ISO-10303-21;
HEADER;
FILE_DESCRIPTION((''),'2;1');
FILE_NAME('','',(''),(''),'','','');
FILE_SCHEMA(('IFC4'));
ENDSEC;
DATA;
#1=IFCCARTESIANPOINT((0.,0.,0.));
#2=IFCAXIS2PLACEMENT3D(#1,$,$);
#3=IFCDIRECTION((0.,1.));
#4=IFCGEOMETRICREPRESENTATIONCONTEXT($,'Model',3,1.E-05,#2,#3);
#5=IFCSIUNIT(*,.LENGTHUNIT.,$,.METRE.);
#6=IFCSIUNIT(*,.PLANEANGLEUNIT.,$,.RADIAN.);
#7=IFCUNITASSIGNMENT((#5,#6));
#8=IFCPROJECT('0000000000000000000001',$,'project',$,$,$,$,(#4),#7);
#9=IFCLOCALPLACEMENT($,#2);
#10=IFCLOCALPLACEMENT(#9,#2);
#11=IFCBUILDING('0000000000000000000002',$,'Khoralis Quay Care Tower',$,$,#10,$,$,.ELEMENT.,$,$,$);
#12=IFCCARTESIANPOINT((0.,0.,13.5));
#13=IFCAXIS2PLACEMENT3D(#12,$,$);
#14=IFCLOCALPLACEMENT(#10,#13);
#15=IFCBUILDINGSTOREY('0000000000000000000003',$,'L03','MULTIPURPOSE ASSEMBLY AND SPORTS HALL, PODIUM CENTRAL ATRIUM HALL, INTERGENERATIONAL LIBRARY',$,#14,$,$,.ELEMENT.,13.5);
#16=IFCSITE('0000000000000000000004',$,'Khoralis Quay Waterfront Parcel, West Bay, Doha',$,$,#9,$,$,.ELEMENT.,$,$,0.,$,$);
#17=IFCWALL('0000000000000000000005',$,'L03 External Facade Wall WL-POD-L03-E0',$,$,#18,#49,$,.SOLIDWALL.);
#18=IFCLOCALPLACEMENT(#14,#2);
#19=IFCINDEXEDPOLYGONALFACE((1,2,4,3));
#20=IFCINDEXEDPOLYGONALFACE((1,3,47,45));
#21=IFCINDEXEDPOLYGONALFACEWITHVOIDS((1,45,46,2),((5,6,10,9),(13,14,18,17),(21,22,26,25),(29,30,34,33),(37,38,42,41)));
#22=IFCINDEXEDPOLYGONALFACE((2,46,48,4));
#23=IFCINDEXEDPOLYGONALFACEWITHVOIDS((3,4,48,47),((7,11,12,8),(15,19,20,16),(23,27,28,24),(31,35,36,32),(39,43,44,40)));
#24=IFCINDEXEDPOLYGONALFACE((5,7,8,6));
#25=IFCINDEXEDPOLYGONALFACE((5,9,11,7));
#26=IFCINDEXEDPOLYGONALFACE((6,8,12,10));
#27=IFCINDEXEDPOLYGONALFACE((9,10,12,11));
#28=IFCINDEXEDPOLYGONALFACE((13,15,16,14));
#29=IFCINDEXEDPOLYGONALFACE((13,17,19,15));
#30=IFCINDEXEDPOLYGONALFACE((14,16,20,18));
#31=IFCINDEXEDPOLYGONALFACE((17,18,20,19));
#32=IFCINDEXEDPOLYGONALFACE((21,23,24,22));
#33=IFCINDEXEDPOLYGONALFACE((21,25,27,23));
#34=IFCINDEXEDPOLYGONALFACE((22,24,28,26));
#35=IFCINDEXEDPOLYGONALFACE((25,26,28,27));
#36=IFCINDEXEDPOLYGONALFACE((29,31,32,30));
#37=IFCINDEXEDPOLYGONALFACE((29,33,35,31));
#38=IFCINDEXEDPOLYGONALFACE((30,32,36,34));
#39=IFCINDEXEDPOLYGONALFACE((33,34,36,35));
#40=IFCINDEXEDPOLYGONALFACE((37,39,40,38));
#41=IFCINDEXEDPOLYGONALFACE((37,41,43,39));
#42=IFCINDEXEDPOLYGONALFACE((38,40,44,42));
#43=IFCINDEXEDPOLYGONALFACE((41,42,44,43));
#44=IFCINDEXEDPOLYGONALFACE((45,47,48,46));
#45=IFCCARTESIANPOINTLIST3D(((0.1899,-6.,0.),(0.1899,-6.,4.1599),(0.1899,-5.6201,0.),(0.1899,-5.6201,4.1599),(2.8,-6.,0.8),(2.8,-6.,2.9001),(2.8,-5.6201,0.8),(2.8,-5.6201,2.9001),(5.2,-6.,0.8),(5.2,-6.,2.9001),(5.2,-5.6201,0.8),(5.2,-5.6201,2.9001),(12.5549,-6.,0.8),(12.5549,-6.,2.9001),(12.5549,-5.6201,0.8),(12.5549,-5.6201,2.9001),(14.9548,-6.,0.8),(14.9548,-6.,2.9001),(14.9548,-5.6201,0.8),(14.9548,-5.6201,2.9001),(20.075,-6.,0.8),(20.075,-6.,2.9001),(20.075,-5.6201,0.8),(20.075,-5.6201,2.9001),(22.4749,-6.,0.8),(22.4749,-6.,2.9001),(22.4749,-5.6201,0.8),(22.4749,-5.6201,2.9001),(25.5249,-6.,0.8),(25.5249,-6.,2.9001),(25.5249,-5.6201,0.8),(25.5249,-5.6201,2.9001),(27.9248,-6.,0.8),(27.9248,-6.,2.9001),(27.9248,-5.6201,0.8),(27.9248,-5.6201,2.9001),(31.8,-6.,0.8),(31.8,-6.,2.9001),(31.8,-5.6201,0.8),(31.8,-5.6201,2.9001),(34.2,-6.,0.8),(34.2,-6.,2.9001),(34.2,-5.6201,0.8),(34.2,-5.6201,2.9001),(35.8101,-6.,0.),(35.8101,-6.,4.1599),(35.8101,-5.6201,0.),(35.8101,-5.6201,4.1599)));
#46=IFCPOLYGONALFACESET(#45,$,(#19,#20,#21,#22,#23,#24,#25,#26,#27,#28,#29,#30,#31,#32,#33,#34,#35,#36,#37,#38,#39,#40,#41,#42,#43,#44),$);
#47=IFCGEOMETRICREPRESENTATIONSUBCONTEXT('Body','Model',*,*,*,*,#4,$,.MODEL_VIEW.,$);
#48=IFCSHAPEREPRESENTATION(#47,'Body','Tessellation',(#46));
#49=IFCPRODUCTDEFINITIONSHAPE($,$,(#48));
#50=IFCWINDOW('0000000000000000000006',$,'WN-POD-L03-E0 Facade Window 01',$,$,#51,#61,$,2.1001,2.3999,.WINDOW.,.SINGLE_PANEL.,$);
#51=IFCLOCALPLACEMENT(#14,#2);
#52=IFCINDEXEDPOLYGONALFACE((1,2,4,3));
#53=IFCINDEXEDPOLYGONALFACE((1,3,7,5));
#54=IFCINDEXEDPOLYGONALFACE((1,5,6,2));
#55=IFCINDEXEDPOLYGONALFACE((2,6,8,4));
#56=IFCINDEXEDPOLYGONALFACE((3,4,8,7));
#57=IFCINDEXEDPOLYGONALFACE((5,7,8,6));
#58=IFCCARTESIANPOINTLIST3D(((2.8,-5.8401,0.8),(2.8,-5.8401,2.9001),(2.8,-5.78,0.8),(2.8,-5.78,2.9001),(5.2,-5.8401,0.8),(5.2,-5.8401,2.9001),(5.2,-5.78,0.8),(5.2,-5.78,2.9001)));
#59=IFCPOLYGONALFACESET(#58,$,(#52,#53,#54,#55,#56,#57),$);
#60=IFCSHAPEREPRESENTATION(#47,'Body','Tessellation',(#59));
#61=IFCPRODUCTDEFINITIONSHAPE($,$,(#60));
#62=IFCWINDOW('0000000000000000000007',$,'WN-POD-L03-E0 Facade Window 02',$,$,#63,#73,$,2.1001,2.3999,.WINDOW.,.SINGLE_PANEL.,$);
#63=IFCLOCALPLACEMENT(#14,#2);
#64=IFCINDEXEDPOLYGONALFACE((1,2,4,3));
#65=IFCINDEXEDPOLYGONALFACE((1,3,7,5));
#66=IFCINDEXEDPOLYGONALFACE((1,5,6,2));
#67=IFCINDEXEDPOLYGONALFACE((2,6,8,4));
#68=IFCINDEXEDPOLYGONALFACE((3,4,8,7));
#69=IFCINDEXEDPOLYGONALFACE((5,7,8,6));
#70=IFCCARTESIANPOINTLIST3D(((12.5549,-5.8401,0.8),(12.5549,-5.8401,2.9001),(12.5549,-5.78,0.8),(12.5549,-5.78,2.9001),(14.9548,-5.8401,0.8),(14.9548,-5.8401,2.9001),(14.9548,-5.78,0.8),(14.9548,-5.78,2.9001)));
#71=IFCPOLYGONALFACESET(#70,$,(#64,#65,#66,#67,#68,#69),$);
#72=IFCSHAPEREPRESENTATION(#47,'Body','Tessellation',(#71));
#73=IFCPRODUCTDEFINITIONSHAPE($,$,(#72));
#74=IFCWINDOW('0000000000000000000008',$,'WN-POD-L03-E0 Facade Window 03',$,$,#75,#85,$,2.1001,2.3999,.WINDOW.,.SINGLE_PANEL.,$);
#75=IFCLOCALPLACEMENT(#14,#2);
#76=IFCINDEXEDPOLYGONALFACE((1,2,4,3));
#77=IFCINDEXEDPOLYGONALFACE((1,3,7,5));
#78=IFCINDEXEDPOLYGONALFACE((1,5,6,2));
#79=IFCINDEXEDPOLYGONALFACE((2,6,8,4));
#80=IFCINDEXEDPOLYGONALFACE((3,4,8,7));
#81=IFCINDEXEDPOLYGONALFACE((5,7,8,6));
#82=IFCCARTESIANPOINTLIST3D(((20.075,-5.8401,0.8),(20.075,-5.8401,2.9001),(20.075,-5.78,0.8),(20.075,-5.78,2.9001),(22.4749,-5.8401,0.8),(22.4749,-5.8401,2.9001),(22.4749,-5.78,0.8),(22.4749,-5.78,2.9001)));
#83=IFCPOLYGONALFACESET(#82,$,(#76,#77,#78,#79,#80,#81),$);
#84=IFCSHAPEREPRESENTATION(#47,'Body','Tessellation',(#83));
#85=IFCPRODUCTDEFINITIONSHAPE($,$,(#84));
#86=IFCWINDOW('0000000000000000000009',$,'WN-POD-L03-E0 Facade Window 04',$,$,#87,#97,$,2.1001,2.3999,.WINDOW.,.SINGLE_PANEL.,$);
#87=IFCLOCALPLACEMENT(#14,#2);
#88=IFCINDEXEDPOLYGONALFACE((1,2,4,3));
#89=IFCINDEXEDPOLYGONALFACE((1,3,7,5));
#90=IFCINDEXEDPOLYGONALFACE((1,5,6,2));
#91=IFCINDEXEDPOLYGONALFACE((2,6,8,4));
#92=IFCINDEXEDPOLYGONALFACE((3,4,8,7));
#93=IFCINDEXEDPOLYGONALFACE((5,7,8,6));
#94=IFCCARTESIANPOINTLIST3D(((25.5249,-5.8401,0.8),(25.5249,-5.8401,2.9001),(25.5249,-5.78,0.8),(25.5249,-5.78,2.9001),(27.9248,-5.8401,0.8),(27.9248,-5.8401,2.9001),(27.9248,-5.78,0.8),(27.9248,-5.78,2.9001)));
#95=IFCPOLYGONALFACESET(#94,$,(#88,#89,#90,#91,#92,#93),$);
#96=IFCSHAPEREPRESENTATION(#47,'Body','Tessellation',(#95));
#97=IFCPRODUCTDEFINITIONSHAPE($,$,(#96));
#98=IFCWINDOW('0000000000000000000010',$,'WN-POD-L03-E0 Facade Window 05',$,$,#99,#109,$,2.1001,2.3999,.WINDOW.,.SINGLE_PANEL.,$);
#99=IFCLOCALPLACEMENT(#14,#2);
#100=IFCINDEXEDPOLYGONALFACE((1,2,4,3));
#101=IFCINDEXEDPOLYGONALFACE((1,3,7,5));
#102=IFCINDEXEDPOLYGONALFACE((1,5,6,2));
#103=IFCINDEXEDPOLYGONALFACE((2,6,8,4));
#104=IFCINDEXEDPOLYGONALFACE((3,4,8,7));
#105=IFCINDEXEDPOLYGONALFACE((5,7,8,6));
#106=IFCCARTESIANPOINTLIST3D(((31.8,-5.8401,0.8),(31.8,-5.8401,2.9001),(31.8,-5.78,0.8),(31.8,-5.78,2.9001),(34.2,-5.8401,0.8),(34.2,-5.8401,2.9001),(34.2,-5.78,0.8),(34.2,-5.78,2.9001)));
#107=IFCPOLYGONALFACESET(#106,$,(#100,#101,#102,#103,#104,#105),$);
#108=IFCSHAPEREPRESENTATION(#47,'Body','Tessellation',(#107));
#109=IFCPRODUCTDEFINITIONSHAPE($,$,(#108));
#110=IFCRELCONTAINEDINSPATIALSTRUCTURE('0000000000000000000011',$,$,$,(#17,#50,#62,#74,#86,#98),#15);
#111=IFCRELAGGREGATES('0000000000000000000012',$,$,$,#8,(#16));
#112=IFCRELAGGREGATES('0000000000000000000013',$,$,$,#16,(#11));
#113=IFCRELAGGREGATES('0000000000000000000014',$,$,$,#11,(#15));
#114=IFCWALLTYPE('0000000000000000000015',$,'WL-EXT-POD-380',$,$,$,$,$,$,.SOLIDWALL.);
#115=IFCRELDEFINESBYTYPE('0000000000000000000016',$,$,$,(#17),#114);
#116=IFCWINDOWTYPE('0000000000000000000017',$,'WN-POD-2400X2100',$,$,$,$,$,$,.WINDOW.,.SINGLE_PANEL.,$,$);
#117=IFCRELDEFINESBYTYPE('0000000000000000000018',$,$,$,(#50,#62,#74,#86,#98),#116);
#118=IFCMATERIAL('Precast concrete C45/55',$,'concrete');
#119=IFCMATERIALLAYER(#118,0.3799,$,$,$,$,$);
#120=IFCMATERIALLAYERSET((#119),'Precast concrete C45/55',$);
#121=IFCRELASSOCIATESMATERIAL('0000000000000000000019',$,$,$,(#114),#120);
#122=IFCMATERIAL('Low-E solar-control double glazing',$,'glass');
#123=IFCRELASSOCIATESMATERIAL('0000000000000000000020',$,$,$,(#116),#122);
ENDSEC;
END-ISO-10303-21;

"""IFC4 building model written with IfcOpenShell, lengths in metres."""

from ifc_helpers import new_model, si_unit, direction, frame, frame_2d, origin, place, context, subcontext, project, spatial, rectangle, extrude, source, transform, mapped, material, layer, layer_set, type_object, element, fill, save


model = new_model("IFC4")

# Units and contexts
model_context = context("Model", 3, precision=1e-05, world=origin(), true_north=direction((0.0, 1.0)))
body_context = subcontext(model_context, "Body", "Model", "MODEL_VIEW")
ifc_project = project(units=[si_unit("LENGTHUNIT", "METRE"), si_unit("PLANEANGLEUNIT", "RADIAN")], contexts=[model_context])

# Site, building, storey
site_placement = place(None, origin())
site = spatial("IfcSite", under=ifc_project, at=site_placement, Name="Khoralis Quay Waterfront Parcel, West Bay, Doha", CompositionType="ELEMENT", RefElevation=0.0)
building_placement = place(site_placement, origin())
building = spatial("IfcBuilding", under=site, at=building_placement, Name="Khoralis Quay Care Tower", CompositionType="ELEMENT")
storey_placement = place(building_placement, frame((0.0, 0.0, 13.5)))
storey = spatial("IfcBuildingStorey", under=building, at=storey_placement, Name="L03", Description="MULTIPURPOSE ASSEMBLY AND SPORTS HALL, PODIUM CENTRAL ATRIUM HALL, INTERGENERATIONAL LIBRARY", CompositionType="ELEMENT", Elevation=13.5)

# Shared definitions
ifc_material_1 = material(Name="Precast concrete C45/55", Category="concrete")

# Wall, openings, windows
ifc_layer_1 = layer(ifc_material_1, 0.3799)
ifc_layer_set_1 = layer_set([ifc_layer_1], Name="Precast concrete C45/55")
wall_type = type_object("IfcWallType", Name="WL-EXT-POD-380", PredefinedType="SOLIDWALL", material=ifc_layer_set_1)
wall_placement = place(storey_placement, frame((0.1899, -5.8101, 0.0), z_axis=(0.0, 0.0, 1.0), x_axis=(1.0, 0.0, 0.0)))
wall = element("IfcWall", 1, at=wall_placement, inside=storey, type_object=wall_type, Name="L03 External Facade Wall WL-POD-L03-E0", PredefinedType="SOLIDWALL", context=body_context, shape_type="SweptSolid", body=[
    extrude(rectangle(XDim=35.6201, YDim=0.3799, at=frame_2d((17.8101, 0.0))), origin(), (0.0, 0.0, 1.0), 4.1599),
])
opening_1_placement = place(wall_placement, frame((2.6101, 0.0, 0.8)))
opening_1 = element("IfcOpeningElement", 2, at=opening_1_placement, cuts=wall, PredefinedType="OPENING", context=body_context, shape_type="SweptSolid", body=[
    extrude(rectangle(XDim=2.3999, YDim=2.1001, at=frame_2d((1.2, 1.05))), frame((0.0, 0.2, 0.0), z_axis=(0.0, -1.0, 0.0), x_axis=(1.0, 0.0, 0.0)), (0.0, 0.0, 1.0), 0.3999),
])
opening_2_placement = place(wall_placement, frame((12.365, 0.0, 0.8)))
opening_2 = element("IfcOpeningElement", 3, at=opening_2_placement, cuts=wall, PredefinedType="OPENING", context=body_context, shape_type="SweptSolid", body=[
    extrude(rectangle(XDim=2.3999, YDim=2.1001, at=frame_2d((1.2, 1.05))), frame((0.0, 0.2, 0.0), z_axis=(0.0, -1.0, 0.0), x_axis=(1.0, 0.0, 0.0)), (0.0, 0.0, 1.0), 0.3999),
])
opening_3_placement = place(wall_placement, frame((19.885, 0.0, 0.8)))
opening_3 = element("IfcOpeningElement", 4, at=opening_3_placement, cuts=wall, PredefinedType="OPENING", context=body_context, shape_type="SweptSolid", body=[
    extrude(rectangle(XDim=2.3999, YDim=2.1001, at=frame_2d((1.2, 1.05))), frame((0.0, 0.2, 0.0), z_axis=(0.0, -1.0, 0.0), x_axis=(1.0, 0.0, 0.0)), (0.0, 0.0, 1.0), 0.3999),
])
opening_4_placement = place(wall_placement, frame((25.335, 0.0, 0.8)))
opening_4 = element("IfcOpeningElement", 5, at=opening_4_placement, cuts=wall, PredefinedType="OPENING", context=body_context, shape_type="SweptSolid", body=[
    extrude(rectangle(XDim=2.3999, YDim=2.1001, at=frame_2d((1.2, 1.05))), frame((0.0, 0.2, 0.0), z_axis=(0.0, -1.0, 0.0), x_axis=(1.0, 0.0, 0.0)), (0.0, 0.0, 1.0), 0.3999),
])
opening_5_placement = place(wall_placement, frame((31.6101, 0.0, 0.8)))
opening_5 = element("IfcOpeningElement", 6, at=opening_5_placement, cuts=wall, PredefinedType="OPENING", context=body_context, shape_type="SweptSolid", body=[
    extrude(rectangle(XDim=2.3999, YDim=2.1001, at=frame_2d((1.2, 1.05))), frame((0.0, 0.2, 0.0), z_axis=(0.0, -1.0, 0.0), x_axis=(1.0, 0.0, 0.0)), (0.0, 0.0, 1.0), 0.3999),
])
ifc_material_2 = material(Name="Low-E solar-control double glazing", Category="glass")
window_type = type_object("IfcWindowType", Name="WN-POD-2400X2100", PartitioningType="SINGLE_PANEL", PredefinedType="WINDOW", material=ifc_material_2)
shared_shape_1 = source(origin(), body_context, "Body", "SweptSolid", [
    extrude(rectangle(XDim=2.3999, YDim=2.1001, at=frame_2d((1.2, 1.05))), frame((0.0, 0.03, 0.0), z_axis=(0.0, -1.0, 0.0), x_axis=(1.0, 0.0, 0.0)), (0.0, 0.0, 1.0), 0.0601),
])
window_1_placement = place(opening_1_placement, origin())
window_1 = element("IfcWindow", 7, at=window_1_placement, inside=storey, type_object=window_type, Name="WN-POD-L03-E0 Facade Window 01", OverallHeight=2.1001, OverallWidth=2.3999, PartitioningType="SINGLE_PANEL", PredefinedType="WINDOW", context=body_context, shape_type="MappedRepresentation", body=[
    mapped(shared_shape_1, transform((0.0, 0.0, 0.0), scale=1.0)),
])
fill(opening_1, window_1)
window_2_placement = place(opening_2_placement, origin())
window_2 = element("IfcWindow", 8, at=window_2_placement, inside=storey, type_object=window_type, Name="WN-POD-L03-E0 Facade Window 02", OverallHeight=2.1001, OverallWidth=2.3999, PartitioningType="SINGLE_PANEL", PredefinedType="WINDOW", context=body_context, shape_type="MappedRepresentation", body=[
    mapped(shared_shape_1, transform((0.0, 0.0, 0.0), scale=1.0)),
])
fill(opening_2, window_2)
window_3_placement = place(opening_3_placement, origin())
window_3 = element("IfcWindow", 9, at=window_3_placement, inside=storey, type_object=window_type, Name="WN-POD-L03-E0 Facade Window 03", OverallHeight=2.1001, OverallWidth=2.3999, PartitioningType="SINGLE_PANEL", PredefinedType="WINDOW", context=body_context, shape_type="MappedRepresentation", body=[
    mapped(shared_shape_1, transform((0.0, 0.0, 0.0), scale=1.0)),
])
fill(opening_3, window_3)
window_4_placement = place(opening_4_placement, origin())
window_4 = element("IfcWindow", 10, at=window_4_placement, inside=storey, type_object=window_type, Name="WN-POD-L03-E0 Facade Window 04", OverallHeight=2.1001, OverallWidth=2.3999, PartitioningType="SINGLE_PANEL", PredefinedType="WINDOW", context=body_context, shape_type="MappedRepresentation", body=[
    mapped(shared_shape_1, transform((0.0, 0.0, 0.0), scale=1.0)),
])
fill(opening_4, window_4)
window_5_placement = place(opening_5_placement, origin())
window_5 = element("IfcWindow", 11, at=window_5_placement, inside=storey, type_object=window_type, Name="WN-POD-L03-E0 Facade Window 05", OverallHeight=2.1001, OverallWidth=2.3999, PartitioningType="SINGLE_PANEL", PredefinedType="WINDOW", context=body_context, shape_type="MappedRepresentation", body=[
    mapped(shared_shape_1, transform((0.0, 0.0, 0.0), scale=1.0)),
])
fill(opening_5, window_5)

save(model, "model.ifc")
